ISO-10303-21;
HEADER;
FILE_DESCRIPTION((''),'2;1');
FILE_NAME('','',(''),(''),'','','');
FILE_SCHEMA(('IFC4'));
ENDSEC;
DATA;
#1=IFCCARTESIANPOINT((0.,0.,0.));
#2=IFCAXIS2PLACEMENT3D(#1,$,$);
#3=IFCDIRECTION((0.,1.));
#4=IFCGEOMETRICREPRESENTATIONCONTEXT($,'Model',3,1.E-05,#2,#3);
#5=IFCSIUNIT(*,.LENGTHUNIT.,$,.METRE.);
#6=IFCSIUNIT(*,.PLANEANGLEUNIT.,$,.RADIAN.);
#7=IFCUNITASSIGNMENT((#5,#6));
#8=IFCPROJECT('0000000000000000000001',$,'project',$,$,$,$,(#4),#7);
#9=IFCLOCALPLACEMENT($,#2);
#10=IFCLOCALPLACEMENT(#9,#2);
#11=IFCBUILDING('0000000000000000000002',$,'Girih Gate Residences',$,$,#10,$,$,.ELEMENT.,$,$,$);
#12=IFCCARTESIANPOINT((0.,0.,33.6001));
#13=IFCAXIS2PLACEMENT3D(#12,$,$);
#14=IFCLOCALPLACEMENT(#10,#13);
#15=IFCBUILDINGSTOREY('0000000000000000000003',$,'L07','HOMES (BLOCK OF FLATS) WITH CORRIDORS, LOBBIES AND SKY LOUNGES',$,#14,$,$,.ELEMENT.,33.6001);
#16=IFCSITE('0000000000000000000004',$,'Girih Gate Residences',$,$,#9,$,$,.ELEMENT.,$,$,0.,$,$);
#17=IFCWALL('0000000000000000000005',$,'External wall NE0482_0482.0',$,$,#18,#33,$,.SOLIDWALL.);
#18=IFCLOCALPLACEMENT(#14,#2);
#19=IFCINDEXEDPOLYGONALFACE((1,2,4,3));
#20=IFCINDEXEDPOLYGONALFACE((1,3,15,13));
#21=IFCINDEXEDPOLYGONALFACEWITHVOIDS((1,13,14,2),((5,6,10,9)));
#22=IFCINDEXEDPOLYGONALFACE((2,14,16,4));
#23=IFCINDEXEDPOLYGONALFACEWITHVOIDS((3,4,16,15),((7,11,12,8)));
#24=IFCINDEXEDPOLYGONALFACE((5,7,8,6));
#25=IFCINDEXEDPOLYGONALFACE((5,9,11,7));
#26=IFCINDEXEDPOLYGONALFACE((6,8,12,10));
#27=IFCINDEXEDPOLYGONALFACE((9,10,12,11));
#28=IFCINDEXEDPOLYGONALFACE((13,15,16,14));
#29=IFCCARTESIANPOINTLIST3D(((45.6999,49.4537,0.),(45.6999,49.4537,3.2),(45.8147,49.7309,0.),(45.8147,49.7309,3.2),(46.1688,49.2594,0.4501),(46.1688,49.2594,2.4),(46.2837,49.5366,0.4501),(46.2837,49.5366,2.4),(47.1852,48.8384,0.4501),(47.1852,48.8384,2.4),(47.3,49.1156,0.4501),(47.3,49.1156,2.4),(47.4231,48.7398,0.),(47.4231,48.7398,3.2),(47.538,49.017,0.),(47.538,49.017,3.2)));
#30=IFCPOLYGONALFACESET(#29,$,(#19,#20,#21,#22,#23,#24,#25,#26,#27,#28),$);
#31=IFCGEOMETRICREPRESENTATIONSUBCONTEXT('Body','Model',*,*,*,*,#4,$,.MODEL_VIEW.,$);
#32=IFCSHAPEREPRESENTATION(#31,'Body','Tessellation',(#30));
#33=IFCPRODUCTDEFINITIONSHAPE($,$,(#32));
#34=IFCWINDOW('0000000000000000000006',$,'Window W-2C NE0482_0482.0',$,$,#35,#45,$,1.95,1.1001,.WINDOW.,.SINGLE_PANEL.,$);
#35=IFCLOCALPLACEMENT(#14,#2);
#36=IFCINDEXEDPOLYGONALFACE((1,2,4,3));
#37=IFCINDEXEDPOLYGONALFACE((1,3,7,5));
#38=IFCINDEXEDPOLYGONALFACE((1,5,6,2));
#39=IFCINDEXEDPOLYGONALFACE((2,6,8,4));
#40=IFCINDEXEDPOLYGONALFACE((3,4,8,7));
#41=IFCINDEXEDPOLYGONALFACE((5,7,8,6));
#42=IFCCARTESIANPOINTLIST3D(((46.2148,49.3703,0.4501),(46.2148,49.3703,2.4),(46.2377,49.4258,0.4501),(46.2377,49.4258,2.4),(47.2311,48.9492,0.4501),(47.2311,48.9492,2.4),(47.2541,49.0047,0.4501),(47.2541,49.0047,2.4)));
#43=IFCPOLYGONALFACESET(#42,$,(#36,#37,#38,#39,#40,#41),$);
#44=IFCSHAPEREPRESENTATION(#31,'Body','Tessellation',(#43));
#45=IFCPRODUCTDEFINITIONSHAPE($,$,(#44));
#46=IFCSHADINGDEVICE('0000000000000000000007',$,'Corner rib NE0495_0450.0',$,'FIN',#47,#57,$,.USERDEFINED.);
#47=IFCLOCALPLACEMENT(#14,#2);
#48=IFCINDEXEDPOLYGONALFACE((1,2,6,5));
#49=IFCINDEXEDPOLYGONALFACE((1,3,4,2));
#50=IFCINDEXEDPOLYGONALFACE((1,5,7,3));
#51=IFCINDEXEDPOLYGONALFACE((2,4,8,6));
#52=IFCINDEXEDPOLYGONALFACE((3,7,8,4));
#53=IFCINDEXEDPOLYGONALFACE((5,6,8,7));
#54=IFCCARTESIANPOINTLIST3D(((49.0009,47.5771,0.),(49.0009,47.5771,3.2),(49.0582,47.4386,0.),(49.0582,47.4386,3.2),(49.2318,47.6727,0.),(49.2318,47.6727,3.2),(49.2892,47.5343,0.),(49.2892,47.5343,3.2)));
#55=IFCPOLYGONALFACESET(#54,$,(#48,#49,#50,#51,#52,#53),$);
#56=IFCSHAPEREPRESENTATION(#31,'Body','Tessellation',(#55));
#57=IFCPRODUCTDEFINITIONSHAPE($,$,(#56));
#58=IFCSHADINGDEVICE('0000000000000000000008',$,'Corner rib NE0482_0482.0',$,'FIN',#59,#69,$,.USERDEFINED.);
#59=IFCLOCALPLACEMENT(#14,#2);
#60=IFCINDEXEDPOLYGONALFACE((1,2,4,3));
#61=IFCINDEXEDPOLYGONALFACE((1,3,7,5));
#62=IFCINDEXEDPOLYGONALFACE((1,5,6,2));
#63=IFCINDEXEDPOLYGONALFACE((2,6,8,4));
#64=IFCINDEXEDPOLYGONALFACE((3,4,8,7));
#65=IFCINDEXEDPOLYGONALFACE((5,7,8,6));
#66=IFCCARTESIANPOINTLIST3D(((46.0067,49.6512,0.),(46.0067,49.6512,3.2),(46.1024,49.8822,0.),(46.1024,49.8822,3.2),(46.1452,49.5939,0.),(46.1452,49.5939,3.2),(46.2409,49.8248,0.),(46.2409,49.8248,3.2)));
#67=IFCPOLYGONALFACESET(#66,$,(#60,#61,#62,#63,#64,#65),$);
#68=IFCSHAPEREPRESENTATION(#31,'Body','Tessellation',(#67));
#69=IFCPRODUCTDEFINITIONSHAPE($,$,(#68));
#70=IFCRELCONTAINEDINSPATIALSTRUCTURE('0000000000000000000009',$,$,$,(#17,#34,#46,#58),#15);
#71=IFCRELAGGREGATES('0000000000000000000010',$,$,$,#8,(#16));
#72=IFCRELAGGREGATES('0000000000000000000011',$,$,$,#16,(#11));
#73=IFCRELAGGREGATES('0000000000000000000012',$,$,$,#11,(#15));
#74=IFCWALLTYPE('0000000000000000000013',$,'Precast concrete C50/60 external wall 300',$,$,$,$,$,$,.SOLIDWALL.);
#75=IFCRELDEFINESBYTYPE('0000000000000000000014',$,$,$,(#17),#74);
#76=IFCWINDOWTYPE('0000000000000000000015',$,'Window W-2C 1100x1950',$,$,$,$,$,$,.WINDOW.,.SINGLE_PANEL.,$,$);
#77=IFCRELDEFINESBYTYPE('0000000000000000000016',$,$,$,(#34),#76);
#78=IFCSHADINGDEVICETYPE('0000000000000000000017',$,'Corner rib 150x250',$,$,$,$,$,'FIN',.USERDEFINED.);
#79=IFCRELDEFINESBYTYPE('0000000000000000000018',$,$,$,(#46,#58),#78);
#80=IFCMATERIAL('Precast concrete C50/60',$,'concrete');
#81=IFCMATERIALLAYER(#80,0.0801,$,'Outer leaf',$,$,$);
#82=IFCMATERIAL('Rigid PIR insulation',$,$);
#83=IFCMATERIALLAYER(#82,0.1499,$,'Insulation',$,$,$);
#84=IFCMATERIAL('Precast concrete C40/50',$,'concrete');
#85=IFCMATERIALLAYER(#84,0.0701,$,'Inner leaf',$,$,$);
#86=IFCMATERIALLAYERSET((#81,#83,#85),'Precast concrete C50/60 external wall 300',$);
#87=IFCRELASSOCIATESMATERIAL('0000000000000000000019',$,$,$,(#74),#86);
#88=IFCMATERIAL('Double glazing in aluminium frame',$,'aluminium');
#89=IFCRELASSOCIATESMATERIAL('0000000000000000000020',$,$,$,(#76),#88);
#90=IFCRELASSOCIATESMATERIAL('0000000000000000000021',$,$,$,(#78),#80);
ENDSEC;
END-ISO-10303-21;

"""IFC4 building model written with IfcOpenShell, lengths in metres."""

from ifc_helpers import new_model, si_unit, direction, frame, frame_2d, origin, origin_2d, place, context, subcontext, project, spatial, rectangle, extrude, material, layer, layer_set, type_object, element, fill, save


model = new_model("IFC4")

# Units and contexts
model_context = context("Model", 3, precision=1e-05, world=origin(), true_north=direction((0.0, 1.0)))
body_context = subcontext(model_context, "Body", "Model", "MODEL_VIEW")
ifc_project = project(units=[si_unit("LENGTHUNIT", "METRE"), si_unit("PLANEANGLEUNIT", "RADIAN")], contexts=[model_context])

# Site, building, storey
site_placement = place(None, origin())
site = spatial("IfcSite", under=ifc_project, at=site_placement, Name="Girih Gate Residences", CompositionType="ELEMENT", RefElevation=0.0)
building_placement = place(site_placement, origin())
building = spatial("IfcBuilding", under=site, at=building_placement, Name="Girih Gate Residences", CompositionType="ELEMENT")
storey_placement = place(building_placement, frame((0.0, 0.0, 33.6001)))
storey = spatial("IfcBuildingStorey", under=building, at=storey_placement, Name="L07", Description="HOMES (BLOCK OF FLATS) WITH CORRIDORS, LOBBIES AND SKY LOUNGES", CompositionType="ELEMENT", Elevation=33.6001)

# Wall, opening, window
ifc_material_1 = material(Name="Precast concrete C50/60", Category="concrete")
ifc_layer_1 = layer(ifc_material_1, 0.0801, Name="Outer leaf")
ifc_material_2 = material(Name="Rigid PIR insulation")
ifc_layer_2 = layer(ifc_material_2, 0.1499, Name="Insulation")
ifc_material_3 = material(Name="Precast concrete C40/50", Category="concrete")
ifc_layer_3 = layer(ifc_material_3, 0.0701, Name="Inner leaf")
ifc_layer_set_1 = layer_set([ifc_layer_1, ifc_layer_2, ifc_layer_3], Name="Precast concrete C50/60 external wall 300")
wall_type_1 = type_object("IfcWallType", Name="Precast concrete C50/60 external wall 300", PredefinedType="SOLIDWALL", material=ifc_layer_set_1)
ifc_material_4 = material(Name="Double glazing in aluminium frame", Category="aluminium")
window_type_1 = type_object("IfcWindowType", Name="Window W-2C 1100x1950", PartitioningType="SINGLE_PANEL", PredefinedType="WINDOW", material=ifc_material_4)
wall_1_placement = place(storey_placement, frame((45.7573, 49.5923, 0.0), z_axis=(0.0, 0.0, 1.0), x_axis=(0.923857, -0.382737, 0.0)))
wall_1 = element("IfcWall", 1, at=wall_1_placement, inside=storey, type_object=wall_type_1, Name="External wall NE0482_0482.0", PredefinedType="SOLIDWALL", context=body_context, shape_type="SweptSolid", body=[
    extrude(rectangle(XDim=1.8652, YDim=0.3, at=frame_2d((0.9326, 0.0))), origin(), (0.0, 0.0, 1.0), 3.2),
])
opening_1_placement = place(wall_1_placement, frame((0.5076, 0.0, 0.45)))
opening_1 = element("IfcOpeningElement", 2, at=opening_1_placement, cuts=wall_1, PredefinedType="OPENING", context=body_context, shape_type="SweptSolid", body=[
    extrude(rectangle(XDim=1.1001, YDim=1.95, at=frame_2d((0.55, 0.9751))), frame((0.0, 0.1599, 0.0), z_axis=(0.0, -1.0, 0.0), x_axis=(1.0, 0.0, 0.0)), (0.0, 0.0, 1.0), 0.3201),
])
window_1_placement = place(opening_1_placement, origin())
window_1 = element("IfcWindow", 3, at=window_1_placement, inside=storey, type_object=window_type_1, Name="Window W-2C NE0482_0482.0", OverallHeight=1.95, OverallWidth=1.1001, PartitioningType="SINGLE_PANEL", PredefinedType="WINDOW", context=body_context, shape_type="SweptSolid", body=[
    extrude(rectangle(XDim=1.1001, YDim=1.95, at=frame_2d((0.55, 0.9751))), frame((0.0, 0.03, 0.0), z_axis=(0.0, -1.0, 0.0), x_axis=(1.0, 0.0, 0.0)), (0.0, 0.0, 1.0), 0.0601),
])
fill(opening_1, window_1)

# Shading devices
shading_device_type = type_object("IfcShadingDeviceType", Name="Corner rib 150x250", ElementType="FIN", PredefinedType="USERDEFINED", material=ifc_material_1)
for number, where, z_axis, x_axis, name in (
    (4, (49.145, 47.5557, 0.0), (0.0, 0.0, 1.0), (-0.382683, 0.92388, 0.0), "Corner rib NE0495_0450.0"),
    (5, (46.1238, 49.738, 0.0), (0.0, 0.0, 1.0), (-0.92388, 0.382683, 0.0), "Corner rib NE0482_0482.0"),
):
    element("IfcShadingDevice", number, at=place(storey_placement, frame(where, z_axis=z_axis, x_axis=x_axis)), inside=storey, type_object=shading_device_type, Name=name, ObjectType="FIN", PredefinedType="USERDEFINED", context=body_context, shape_type="SweptSolid", body=[
        extrude(rectangle(XDim=0.1499, YDim=0.25, at=origin_2d()), origin(), (0.0, 0.0, 1.0), 3.2),
    ])

save(model, "model.ifc")
